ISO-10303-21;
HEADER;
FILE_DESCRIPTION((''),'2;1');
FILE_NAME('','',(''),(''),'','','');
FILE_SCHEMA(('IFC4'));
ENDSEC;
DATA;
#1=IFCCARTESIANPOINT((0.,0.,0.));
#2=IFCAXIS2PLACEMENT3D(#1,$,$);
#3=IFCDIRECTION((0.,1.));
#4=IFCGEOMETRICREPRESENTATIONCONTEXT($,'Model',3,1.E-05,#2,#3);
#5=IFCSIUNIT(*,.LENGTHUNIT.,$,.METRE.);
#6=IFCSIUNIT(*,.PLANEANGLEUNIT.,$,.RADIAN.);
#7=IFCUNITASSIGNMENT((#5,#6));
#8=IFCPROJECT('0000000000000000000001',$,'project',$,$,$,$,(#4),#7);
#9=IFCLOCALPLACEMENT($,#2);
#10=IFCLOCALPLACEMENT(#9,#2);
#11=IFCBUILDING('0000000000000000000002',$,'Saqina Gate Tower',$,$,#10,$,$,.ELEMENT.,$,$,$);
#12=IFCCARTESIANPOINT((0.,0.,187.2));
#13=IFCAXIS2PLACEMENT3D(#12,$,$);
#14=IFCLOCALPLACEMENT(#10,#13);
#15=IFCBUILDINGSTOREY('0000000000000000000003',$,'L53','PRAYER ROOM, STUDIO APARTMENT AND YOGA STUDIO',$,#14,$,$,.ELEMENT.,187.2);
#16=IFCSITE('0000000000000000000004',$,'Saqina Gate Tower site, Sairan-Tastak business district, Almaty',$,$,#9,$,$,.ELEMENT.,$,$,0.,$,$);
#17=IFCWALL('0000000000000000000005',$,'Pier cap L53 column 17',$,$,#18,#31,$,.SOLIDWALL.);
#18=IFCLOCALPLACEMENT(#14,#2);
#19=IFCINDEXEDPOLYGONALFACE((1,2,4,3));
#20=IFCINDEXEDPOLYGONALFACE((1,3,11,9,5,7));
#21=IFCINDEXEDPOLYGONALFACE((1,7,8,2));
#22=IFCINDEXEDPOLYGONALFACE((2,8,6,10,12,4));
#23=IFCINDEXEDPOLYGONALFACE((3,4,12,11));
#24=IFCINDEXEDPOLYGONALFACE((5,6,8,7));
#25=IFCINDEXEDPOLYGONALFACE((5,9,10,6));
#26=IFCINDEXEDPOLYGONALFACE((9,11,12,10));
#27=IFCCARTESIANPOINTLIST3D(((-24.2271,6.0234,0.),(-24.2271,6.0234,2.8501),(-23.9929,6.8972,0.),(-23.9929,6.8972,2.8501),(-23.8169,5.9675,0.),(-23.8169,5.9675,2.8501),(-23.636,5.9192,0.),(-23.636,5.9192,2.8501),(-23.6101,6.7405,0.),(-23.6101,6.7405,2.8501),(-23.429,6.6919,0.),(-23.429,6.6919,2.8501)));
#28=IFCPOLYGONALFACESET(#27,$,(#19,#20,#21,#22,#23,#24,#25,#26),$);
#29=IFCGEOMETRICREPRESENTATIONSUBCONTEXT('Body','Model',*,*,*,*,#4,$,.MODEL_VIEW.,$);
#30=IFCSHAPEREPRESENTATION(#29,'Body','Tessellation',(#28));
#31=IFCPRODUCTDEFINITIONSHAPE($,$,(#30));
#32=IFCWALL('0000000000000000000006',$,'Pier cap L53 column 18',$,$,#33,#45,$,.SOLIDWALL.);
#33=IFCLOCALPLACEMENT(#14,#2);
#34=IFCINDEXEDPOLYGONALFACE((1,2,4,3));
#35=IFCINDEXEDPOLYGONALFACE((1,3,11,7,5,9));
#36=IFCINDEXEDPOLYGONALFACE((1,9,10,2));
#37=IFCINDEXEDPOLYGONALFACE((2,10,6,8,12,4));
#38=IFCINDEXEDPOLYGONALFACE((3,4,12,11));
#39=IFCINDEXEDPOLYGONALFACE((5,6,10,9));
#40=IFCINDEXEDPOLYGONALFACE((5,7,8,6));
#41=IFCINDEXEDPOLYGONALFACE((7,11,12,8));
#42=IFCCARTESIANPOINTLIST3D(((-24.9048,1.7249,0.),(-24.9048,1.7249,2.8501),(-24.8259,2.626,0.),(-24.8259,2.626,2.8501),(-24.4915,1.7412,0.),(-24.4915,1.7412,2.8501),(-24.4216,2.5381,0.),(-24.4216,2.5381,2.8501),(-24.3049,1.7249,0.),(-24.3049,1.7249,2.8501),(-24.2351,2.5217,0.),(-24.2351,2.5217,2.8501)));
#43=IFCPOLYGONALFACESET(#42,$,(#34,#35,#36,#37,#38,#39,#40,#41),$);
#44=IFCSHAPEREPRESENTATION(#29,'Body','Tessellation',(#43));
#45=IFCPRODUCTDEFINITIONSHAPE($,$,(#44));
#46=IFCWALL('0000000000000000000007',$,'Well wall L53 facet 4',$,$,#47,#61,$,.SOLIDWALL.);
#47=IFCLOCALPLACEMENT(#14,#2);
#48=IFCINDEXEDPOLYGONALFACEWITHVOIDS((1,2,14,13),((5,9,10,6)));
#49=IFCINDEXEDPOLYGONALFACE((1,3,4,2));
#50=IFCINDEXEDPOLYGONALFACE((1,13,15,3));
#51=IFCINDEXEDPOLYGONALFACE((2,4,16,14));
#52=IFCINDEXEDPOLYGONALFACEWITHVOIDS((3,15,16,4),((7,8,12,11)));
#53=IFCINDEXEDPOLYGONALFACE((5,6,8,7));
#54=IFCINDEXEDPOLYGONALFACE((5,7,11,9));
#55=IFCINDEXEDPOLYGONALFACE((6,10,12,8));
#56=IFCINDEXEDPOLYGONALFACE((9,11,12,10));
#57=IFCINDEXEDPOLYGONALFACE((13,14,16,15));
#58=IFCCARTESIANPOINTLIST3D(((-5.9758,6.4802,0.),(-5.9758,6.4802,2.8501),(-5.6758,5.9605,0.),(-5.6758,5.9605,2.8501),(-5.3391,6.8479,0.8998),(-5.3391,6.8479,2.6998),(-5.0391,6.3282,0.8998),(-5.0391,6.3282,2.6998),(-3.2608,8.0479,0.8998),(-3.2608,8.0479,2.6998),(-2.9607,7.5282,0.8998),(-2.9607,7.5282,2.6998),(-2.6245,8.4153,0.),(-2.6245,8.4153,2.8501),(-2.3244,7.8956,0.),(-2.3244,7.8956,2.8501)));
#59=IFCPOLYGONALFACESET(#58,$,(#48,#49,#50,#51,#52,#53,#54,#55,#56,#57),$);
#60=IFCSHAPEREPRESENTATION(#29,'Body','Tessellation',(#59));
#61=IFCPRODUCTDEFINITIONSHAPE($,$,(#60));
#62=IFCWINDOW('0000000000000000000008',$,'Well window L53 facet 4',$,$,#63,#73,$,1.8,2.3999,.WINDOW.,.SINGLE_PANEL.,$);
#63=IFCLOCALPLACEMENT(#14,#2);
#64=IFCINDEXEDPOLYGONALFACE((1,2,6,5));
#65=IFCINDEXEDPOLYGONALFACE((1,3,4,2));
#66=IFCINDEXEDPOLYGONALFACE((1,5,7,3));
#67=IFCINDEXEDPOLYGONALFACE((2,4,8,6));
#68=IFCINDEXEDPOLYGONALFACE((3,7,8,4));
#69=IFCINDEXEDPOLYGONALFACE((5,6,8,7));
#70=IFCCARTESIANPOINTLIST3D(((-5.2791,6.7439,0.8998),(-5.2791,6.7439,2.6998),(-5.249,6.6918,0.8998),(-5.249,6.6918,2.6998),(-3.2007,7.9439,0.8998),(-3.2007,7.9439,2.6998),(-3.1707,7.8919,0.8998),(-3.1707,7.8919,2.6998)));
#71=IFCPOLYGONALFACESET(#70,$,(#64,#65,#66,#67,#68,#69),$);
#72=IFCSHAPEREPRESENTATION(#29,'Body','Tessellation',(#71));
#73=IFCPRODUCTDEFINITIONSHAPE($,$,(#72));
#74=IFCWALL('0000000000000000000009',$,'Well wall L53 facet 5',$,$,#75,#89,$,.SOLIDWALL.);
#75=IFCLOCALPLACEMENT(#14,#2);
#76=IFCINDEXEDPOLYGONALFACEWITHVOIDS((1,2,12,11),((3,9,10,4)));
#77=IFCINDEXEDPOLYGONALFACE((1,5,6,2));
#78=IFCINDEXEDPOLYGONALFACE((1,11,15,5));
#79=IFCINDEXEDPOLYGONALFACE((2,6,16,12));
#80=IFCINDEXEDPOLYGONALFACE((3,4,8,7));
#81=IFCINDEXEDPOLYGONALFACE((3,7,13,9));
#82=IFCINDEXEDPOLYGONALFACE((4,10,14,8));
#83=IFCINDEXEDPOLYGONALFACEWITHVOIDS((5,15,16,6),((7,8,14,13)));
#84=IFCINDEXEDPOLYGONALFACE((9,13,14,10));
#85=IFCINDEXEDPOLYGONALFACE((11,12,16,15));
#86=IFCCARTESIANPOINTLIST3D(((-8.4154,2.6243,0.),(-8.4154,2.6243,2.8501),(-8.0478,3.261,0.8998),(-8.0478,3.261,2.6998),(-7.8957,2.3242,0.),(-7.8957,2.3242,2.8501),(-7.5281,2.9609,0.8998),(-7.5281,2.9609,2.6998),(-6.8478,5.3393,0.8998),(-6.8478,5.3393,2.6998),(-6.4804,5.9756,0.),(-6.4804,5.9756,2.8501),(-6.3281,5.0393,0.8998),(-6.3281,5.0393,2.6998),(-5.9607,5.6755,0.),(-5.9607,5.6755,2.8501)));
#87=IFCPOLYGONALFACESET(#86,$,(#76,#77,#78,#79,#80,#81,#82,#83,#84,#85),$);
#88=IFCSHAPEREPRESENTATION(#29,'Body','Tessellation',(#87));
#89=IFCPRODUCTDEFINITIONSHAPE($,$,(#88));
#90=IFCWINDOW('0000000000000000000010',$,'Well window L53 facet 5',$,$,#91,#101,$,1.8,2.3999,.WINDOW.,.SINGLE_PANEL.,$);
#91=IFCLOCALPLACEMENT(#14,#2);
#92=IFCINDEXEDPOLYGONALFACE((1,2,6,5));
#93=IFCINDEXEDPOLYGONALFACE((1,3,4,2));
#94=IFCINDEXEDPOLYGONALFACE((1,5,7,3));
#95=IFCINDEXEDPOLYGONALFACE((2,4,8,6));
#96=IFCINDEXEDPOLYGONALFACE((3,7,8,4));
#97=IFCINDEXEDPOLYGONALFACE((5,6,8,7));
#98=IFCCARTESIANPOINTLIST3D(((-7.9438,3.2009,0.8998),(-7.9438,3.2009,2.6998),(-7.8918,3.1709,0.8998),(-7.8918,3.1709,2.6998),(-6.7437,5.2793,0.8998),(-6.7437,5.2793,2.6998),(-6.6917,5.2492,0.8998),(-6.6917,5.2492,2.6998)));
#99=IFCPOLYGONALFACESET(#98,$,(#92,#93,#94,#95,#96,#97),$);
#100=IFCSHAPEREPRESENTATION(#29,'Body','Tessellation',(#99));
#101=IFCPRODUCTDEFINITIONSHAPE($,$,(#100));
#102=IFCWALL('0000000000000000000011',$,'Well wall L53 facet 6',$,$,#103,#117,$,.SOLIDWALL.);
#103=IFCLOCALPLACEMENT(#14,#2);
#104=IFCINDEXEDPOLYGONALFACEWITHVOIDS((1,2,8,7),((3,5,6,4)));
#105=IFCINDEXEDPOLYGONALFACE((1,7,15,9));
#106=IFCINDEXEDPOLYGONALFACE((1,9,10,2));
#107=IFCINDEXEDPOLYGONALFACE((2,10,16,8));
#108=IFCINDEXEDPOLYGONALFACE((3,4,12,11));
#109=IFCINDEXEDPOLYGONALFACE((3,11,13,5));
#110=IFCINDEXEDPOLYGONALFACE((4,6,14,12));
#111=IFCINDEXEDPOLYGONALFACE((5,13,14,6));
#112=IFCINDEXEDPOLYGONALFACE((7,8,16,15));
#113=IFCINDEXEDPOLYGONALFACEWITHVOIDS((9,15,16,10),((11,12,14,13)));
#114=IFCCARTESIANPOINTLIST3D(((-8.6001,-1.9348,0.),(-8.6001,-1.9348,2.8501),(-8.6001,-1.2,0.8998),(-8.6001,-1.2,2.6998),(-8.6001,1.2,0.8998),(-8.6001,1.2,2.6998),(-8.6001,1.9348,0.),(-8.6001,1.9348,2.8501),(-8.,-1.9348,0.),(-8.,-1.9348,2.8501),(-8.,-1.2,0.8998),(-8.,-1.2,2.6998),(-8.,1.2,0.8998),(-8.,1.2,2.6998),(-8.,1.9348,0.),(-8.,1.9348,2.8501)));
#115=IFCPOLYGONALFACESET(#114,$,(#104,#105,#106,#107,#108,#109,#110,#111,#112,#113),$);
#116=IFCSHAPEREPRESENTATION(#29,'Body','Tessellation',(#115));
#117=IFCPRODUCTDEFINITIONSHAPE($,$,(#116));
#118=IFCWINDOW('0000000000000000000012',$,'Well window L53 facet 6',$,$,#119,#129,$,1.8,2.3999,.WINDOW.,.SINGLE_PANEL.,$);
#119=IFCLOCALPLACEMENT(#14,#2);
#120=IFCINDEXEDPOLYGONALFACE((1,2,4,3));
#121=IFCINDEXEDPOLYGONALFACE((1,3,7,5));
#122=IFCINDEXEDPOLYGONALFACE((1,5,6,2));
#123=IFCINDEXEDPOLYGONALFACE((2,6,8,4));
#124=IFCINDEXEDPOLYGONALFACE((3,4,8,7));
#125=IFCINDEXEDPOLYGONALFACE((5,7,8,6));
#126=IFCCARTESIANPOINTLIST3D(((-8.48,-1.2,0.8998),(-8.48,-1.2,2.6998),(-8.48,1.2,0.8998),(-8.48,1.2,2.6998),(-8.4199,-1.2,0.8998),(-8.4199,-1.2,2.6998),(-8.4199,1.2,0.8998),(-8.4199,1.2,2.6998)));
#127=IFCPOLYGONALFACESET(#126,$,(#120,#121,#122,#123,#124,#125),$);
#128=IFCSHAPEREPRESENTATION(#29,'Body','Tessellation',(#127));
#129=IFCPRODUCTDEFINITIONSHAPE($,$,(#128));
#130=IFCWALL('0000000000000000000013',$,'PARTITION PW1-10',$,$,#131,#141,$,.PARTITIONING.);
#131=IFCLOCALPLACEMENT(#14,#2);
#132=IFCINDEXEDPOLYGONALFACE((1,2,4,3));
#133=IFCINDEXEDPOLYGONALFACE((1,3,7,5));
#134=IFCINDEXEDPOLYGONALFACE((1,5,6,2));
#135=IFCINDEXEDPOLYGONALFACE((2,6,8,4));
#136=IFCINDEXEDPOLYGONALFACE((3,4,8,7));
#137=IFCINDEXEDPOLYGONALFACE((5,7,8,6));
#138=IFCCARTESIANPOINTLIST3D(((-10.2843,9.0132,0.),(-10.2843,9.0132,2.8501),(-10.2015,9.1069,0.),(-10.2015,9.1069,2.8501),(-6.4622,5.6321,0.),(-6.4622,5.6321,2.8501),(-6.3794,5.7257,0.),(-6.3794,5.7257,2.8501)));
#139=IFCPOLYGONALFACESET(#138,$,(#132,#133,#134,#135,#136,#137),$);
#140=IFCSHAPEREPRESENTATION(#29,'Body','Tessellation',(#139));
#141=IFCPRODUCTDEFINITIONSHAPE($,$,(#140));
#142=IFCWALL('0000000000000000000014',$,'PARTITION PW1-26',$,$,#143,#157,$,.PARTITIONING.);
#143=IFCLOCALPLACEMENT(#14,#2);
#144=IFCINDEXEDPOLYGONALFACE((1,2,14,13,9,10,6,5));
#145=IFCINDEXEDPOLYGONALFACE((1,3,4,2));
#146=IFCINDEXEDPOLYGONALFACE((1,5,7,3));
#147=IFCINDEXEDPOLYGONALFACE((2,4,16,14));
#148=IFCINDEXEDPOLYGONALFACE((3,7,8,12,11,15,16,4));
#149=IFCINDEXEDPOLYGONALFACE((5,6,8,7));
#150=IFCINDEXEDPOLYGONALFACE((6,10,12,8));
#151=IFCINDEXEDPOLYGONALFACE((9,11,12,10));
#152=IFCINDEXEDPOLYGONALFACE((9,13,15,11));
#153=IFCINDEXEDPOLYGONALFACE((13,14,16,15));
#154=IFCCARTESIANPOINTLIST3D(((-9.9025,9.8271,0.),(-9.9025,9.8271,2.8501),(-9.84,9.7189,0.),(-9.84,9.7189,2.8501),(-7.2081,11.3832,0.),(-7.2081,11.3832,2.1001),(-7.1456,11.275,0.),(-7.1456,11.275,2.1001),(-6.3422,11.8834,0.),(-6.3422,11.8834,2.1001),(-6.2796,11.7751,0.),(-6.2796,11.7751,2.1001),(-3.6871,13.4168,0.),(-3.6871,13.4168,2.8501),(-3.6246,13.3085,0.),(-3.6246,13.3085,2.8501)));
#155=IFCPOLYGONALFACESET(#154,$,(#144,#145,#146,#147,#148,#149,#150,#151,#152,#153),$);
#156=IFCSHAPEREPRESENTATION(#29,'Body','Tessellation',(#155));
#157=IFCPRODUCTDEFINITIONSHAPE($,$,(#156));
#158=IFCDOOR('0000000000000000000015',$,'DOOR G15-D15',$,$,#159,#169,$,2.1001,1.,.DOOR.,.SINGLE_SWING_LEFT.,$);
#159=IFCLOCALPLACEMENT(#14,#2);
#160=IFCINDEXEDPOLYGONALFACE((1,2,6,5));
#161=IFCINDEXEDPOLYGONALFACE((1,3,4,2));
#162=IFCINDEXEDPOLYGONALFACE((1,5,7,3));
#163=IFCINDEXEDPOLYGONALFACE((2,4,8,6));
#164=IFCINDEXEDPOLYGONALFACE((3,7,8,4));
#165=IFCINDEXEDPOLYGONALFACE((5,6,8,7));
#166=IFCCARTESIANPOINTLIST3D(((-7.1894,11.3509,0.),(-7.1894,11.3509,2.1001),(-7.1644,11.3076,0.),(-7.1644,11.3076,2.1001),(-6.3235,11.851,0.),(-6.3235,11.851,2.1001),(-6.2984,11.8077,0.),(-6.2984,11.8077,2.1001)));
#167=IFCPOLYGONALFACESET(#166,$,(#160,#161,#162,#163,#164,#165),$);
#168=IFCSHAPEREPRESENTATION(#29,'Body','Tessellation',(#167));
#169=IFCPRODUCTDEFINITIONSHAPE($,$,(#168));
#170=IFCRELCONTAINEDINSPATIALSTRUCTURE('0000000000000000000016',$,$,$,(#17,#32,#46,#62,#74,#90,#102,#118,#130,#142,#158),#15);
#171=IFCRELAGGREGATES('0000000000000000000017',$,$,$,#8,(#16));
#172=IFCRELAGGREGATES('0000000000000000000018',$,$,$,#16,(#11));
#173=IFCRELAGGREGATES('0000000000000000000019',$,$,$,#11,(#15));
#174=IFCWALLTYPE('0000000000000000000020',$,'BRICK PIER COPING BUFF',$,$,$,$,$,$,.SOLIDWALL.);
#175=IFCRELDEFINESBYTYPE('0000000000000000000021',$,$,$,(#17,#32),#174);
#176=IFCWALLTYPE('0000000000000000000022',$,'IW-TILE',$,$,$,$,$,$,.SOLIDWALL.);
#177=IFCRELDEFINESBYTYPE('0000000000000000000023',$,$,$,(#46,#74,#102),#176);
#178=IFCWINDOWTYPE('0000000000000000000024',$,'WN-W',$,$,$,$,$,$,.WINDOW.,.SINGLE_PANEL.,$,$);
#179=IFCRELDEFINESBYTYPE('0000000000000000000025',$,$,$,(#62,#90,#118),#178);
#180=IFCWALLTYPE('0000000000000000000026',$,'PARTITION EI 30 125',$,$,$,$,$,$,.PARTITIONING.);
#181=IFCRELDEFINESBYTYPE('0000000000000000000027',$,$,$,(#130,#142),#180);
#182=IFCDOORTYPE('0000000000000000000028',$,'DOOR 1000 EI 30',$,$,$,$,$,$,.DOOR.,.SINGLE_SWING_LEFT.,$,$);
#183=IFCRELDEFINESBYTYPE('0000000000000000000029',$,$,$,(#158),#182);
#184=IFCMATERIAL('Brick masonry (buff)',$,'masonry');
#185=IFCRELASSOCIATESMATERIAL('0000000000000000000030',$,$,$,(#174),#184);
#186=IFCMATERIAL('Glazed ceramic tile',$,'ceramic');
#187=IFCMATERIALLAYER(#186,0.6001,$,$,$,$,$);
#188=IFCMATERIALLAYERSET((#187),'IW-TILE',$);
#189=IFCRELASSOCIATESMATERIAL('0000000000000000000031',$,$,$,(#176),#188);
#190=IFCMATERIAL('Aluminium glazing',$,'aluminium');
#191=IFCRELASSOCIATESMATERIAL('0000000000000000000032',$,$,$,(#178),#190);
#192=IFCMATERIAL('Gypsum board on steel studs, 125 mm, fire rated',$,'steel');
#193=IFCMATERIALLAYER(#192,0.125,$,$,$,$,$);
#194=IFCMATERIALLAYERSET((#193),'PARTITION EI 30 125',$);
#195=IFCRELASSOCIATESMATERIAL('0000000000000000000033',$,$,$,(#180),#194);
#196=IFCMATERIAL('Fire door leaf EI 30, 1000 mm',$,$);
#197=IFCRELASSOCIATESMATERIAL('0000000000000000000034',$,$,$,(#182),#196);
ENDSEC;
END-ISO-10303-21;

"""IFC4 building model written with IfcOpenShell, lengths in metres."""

from ifc_helpers import new_model, si_unit, direction, frame, frame_2d, origin, place, context, subcontext, project, spatial, polyline, rectangle, outline, extrude, material, layer, layer_set, type_object, element, fill, save


model = new_model("IFC4")

# Units and contexts
model_context = context("Model", 3, precision=1e-05, world=origin(), true_north=direction((0.0, 1.0)))
body_context = subcontext(model_context, "Body", "Model", "MODEL_VIEW")
ifc_project = project(units=[si_unit("LENGTHUNIT", "METRE"), si_unit("PLANEANGLEUNIT", "RADIAN")], contexts=[model_context])

# Site, building, storey
site_placement = place(None, origin())
site = spatial("IfcSite", under=ifc_project, at=site_placement, Name="Saqina Gate Tower site, Sairan-Tastak business district, Almaty", CompositionType="ELEMENT", RefElevation=0.0)
building_placement = place(site_placement, origin())
building = spatial("IfcBuilding", under=site, at=building_placement, Name="Saqina Gate Tower", CompositionType="ELEMENT")
storey_placement = place(building_placement, frame((0.0, 0.0, 187.2)))
storey = spatial("IfcBuildingStorey", under=building, at=storey_placement, Name="L53", Description="PRAYER ROOM, STUDIO APARTMENT AND YOGA STUDIO", CompositionType="ELEMENT", Elevation=187.2)

# Walls
ifc_material_1 = material(Name="Brick masonry (buff)", Category="masonry")
wall_type_1 = type_object("IfcWallType", Name="BRICK PIER COPING BUFF", PredefinedType="SOLIDWALL", material=ifc_material_1)
wall_1_placement = place(storey_placement, origin())
element("IfcWall", 1, at=wall_1_placement, inside=storey, type_object=wall_type_1, Name="Pier cap L53 column 17", PredefinedType="SOLIDWALL", context=body_context, shape_type="SweptSolid", body=[
    extrude(outline(polyline([(-24.2271, 6.0234), (-23.636, 5.9192), (-23.8169, 5.9675), (-23.6101, 6.7405), (-23.429, 6.6919), (-23.9929, 6.8972), (-24.2271, 6.0234)])), origin(), (0.0, 0.0, 1.0), 2.8501),
])
wall_2_placement = place(storey_placement, origin())
element("IfcWall", 2, at=wall_2_placement, inside=storey, type_object=wall_type_1, Name="Pier cap L53 column 18", PredefinedType="SOLIDWALL", context=body_context, shape_type="SweptSolid", body=[
    extrude(outline(polyline([(-24.8259, 2.626), (-24.9048, 1.7249), (-24.3049, 1.7249), (-24.4915, 1.7412), (-24.4216, 2.5381), (-24.2351, 2.5217), (-24.8259, 2.626)])), origin(), (0.0, 0.0, 1.0), 2.8501),
])

# Walls, openings, windows
ifc_material_2 = material(Name="Glazed ceramic tile", Category="ceramic")
ifc_layer_1 = layer(ifc_material_2, 0.6001)
ifc_layer_set_1 = layer_set([ifc_layer_1], Name="IW-TILE")
wall_type_2 = type_object("IfcWallType", Name="IW-TILE", PredefinedType="SOLIDWALL", material=ifc_layer_set_1)
wall_3_placement = place(storey_placement, frame((-2.4744, 8.1555, 0.0), z_axis=(0.0, 0.0, 1.0), x_axis=(-0.866006, -0.500034, 0.0)))
wall_3 = element("IfcWall", 3, at=wall_3_placement, inside=storey, type_object=wall_type_2, Name="Well wall L53 facet 4", PredefinedType="SOLIDWALL", context=body_context, shape_type="SweptSolid", body=[
    extrude(rectangle(XDim=3.8699, YDim=0.6001, at=frame_2d((1.9351, 0.0))), origin(), (0.0, 0.0, 1.0), 2.8501),
])
opening_1_placement = place(wall_3_placement, frame((0.7349, 0.0, 0.8999)))
opening_1 = element("IfcOpeningElement", 4, at=opening_1_placement, cuts=wall_3, PredefinedType="OPENING", context=body_context, shape_type="SweptSolid", body=[
    extrude(rectangle(XDim=2.3999, YDim=1.8, at=frame_2d((1.2, 0.8999))), frame((0.0, 0.312, 0.0), z_axis=(0.0, -1.0, 0.0), x_axis=(1.0, 0.0, 0.0)), (0.0, 0.0, 1.0), 0.624),
])
ifc_material_3 = material(Name="Aluminium glazing", Category="aluminium")
window_type = type_object("IfcWindowType", Name="WN-W", PartitioningType="SINGLE_PANEL", PredefinedType="WINDOW", material=ifc_material_3)
window_1_placement = place(opening_1_placement, origin())
window_1 = element("IfcWindow", 5, at=window_1_placement, inside=storey, type_object=window_type, Name="Well window L53 facet 4", OverallHeight=1.8, OverallWidth=2.3999, PartitioningType="SINGLE_PANEL", PredefinedType="WINDOW", context=body_context, shape_type="SweptSolid", body=[
    extrude(rectangle(XDim=2.3999, YDim=1.8, at=frame_2d((1.2, 0.8999))), frame((0.0, -0.1199, 0.0), z_axis=(0.0, -1.0, 0.0), x_axis=(1.0, 0.0, 0.0)), (0.0, 0.0, 1.0), 0.0601),
])
fill(opening_1, window_1)
wall_4_placement = place(storey_placement, frame((-6.2205, 5.8257, 0.0), z_axis=(0.0, 0.0, 1.0), x_axis=(-0.500034, -0.866006, 0.0)))
wall_4 = element("IfcWall", 6, at=wall_4_placement, inside=storey, type_object=wall_type_2, Name="Well wall L53 facet 5", PredefinedType="SOLIDWALL", context=body_context, shape_type="SweptSolid", body=[
    extrude(rectangle(XDim=3.8699, YDim=0.6001, at=frame_2d((1.9351, 0.0))), origin(), (0.0, 0.0, 1.0), 2.8501),
])
opening_2_placement = place(wall_4_placement, frame((0.7349, 0.0, 0.8999)))
opening_2 = element("IfcOpeningElement", 7, at=opening_2_placement, cuts=wall_4, PredefinedType="OPENING", context=body_context, shape_type="SweptSolid", body=[
    extrude(rectangle(XDim=2.3999, YDim=1.8, at=frame_2d((1.2, 0.8999))), frame((0.0, 0.312, 0.0), z_axis=(0.0, -1.0, 0.0), x_axis=(1.0, 0.0, 0.0)), (0.0, 0.0, 1.0), 0.624),
])
window_2_placement = place(opening_2_placement, origin())
window_2 = element("IfcWindow", 8, at=window_2_placement, inside=storey, type_object=window_type, Name="Well window L53 facet 5", OverallHeight=1.8, OverallWidth=2.3999, PartitioningType="SINGLE_PANEL", PredefinedType="WINDOW", context=body_context, shape_type="SweptSolid", body=[
    extrude(rectangle(XDim=2.3999, YDim=1.8, at=frame_2d((1.2, 0.8999))), frame((0.0, -0.1199, 0.0), z_axis=(0.0, -1.0, 0.0), x_axis=(1.0, 0.0, 0.0)), (0.0, 0.0, 1.0), 0.0601),
])
fill(opening_2, window_2)
wall_5_placement = place(storey_placement, frame((-8.3, 1.9348, 0.0), z_axis=(0.0, 0.0, 1.0), x_axis=(0.0, -1.0, 0.0)))
wall_5 = element("IfcWall", 9, at=wall_5_placement, inside=storey, type_object=wall_type_2, Name="Well wall L53 facet 6", PredefinedType="SOLIDWALL", context=body_context, shape_type="SweptSolid", body=[
    extrude(rectangle(XDim=3.8696, YDim=0.6001, at=frame_2d((1.9348, 0.0))), origin(), (0.0, 0.0, 1.0), 2.8501),
])
opening_3_placement = place(wall_5_placement, frame((0.7349, 0.0, 0.8999)))
opening_3 = element("IfcOpeningElement", 10, at=opening_3_placement, cuts=wall_5, PredefinedType="OPENING", context=body_context, shape_type="SweptSolid", body=[
    extrude(rectangle(XDim=2.3999, YDim=1.8, at=frame_2d((1.2, 0.8999))), frame((0.0, 0.312, 0.0), z_axis=(0.0, -1.0, 0.0), x_axis=(1.0, 0.0, 0.0)), (0.0, 0.0, 1.0), 0.624),
])
window_3_placement = place(opening_3_placement, origin())
window_3 = element("IfcWindow", 11, at=window_3_placement, inside=storey, type_object=window_type, Name="Well window L53 facet 6", OverallHeight=1.8, OverallWidth=2.3999, PartitioningType="SINGLE_PANEL", PredefinedType="WINDOW", context=body_context, shape_type="SweptSolid", body=[
    extrude(rectangle(XDim=2.3999, YDim=1.8, at=frame_2d((1.2, 0.8999))), frame((0.0, -0.1199, 0.0), z_axis=(0.0, -1.0, 0.0), x_axis=(1.0, 0.0, 0.0)), (0.0, 0.0, 1.0), 0.0601),
])
fill(opening_3, window_3)

# Wall
ifc_material_4 = material(Name="Gypsum board on steel studs, 125 mm, fire rated", Category="steel")
ifc_layer_2 = layer(ifc_material_4, 0.125)
ifc_layer_set_2 = layer_set([ifc_layer_2], Name="PARTITION EI 30 125")
wall_type_3 = type_object("IfcWallType", Name="PARTITION EI 30 125", PredefinedType="PARTITIONING", material=ifc_layer_set_2)
wall_6_placement = place(storey_placement, frame((-10.2429, 9.0601, 0.0), z_axis=(0.0, 0.0, 1.0), x_axis=(0.748988, -0.662583, 0.0)))
element("IfcWall", 12, at=wall_6_placement, inside=storey, type_object=wall_type_3, Name="PARTITION PW1-10", PredefinedType="PARTITIONING", context=body_context, shape_type="SweptSolid", body=[
    extrude(rectangle(XDim=5.103, YDim=0.125, at=frame_2d((2.5515, 0.0))), origin(), (0.0, 0.0, 1.0), 2.8501),
])

# Wall, opening, door
wall_7_placement = place(storey_placement, frame((-9.8713, 9.7729, 0.0), z_axis=(0.0, 0.0, 1.0), x_axis=(0.865954, 0.500123, 0.0)))
wall_7 = element("IfcWall", 13, at=wall_7_placement, inside=storey, type_object=wall_type_3, Name="PARTITION PW1-26", PredefinedType="PARTITIONING", context=body_context, shape_type="SweptSolid", body=[
    extrude(rectangle(XDim=7.1775, YDim=0.125, at=frame_2d((3.5889, 0.0))), origin(), (0.0, 0.0, 1.0), 2.8501),
])
opening_4_placement = place(wall_7_placement, frame((3.1116, 0.0, 0.0)))
opening_4 = element("IfcOpeningElement", 14, at=opening_4_placement, cuts=wall_7, PredefinedType="OPENING", context=body_context, shape_type="SweptSolid", body=[
    extrude(rectangle(XDim=1.0, YDim=2.1001, at=frame_2d((0.5, 1.05))), frame((0.0, 0.0745, 0.0), z_axis=(0.0, -1.0, 0.0), x_axis=(1.0, 0.0, 0.0)), (0.0, 0.0, 1.0), 0.1489),
])
ifc_material_5 = material(Name="Fire door leaf EI 30, 1000 mm")
door_type = type_object("IfcDoorType", Name="DOOR 1000 EI 30", OperationType="SINGLE_SWING_LEFT", PredefinedType="DOOR", material=ifc_material_5)
door_placement = place(opening_4_placement, frame((1.0, 0.0, 0.0), z_axis=(0.0, 0.0, 1.0), x_axis=(-1.0, 0.0, 0.0)))
door = element("IfcDoor", 15, at=door_placement, inside=storey, type_object=door_type, Name="DOOR G15-D15", OperationType="SINGLE_SWING_LEFT", OverallHeight=2.1001, OverallWidth=1.0, PredefinedType="DOOR", context=body_context, shape_type="SweptSolid", body=[
    extrude(rectangle(XDim=1.0, YDim=2.1001, at=frame_2d((0.5, 1.05))), frame((0.0, 0.0249, 0.0), z_axis=(0.0, -1.0, 0.0), x_axis=(1.0, 0.0, 0.0)), (0.0, 0.0, 1.0), 0.05),
])
fill(opening_4, door)

save(model, "model.ifc")
